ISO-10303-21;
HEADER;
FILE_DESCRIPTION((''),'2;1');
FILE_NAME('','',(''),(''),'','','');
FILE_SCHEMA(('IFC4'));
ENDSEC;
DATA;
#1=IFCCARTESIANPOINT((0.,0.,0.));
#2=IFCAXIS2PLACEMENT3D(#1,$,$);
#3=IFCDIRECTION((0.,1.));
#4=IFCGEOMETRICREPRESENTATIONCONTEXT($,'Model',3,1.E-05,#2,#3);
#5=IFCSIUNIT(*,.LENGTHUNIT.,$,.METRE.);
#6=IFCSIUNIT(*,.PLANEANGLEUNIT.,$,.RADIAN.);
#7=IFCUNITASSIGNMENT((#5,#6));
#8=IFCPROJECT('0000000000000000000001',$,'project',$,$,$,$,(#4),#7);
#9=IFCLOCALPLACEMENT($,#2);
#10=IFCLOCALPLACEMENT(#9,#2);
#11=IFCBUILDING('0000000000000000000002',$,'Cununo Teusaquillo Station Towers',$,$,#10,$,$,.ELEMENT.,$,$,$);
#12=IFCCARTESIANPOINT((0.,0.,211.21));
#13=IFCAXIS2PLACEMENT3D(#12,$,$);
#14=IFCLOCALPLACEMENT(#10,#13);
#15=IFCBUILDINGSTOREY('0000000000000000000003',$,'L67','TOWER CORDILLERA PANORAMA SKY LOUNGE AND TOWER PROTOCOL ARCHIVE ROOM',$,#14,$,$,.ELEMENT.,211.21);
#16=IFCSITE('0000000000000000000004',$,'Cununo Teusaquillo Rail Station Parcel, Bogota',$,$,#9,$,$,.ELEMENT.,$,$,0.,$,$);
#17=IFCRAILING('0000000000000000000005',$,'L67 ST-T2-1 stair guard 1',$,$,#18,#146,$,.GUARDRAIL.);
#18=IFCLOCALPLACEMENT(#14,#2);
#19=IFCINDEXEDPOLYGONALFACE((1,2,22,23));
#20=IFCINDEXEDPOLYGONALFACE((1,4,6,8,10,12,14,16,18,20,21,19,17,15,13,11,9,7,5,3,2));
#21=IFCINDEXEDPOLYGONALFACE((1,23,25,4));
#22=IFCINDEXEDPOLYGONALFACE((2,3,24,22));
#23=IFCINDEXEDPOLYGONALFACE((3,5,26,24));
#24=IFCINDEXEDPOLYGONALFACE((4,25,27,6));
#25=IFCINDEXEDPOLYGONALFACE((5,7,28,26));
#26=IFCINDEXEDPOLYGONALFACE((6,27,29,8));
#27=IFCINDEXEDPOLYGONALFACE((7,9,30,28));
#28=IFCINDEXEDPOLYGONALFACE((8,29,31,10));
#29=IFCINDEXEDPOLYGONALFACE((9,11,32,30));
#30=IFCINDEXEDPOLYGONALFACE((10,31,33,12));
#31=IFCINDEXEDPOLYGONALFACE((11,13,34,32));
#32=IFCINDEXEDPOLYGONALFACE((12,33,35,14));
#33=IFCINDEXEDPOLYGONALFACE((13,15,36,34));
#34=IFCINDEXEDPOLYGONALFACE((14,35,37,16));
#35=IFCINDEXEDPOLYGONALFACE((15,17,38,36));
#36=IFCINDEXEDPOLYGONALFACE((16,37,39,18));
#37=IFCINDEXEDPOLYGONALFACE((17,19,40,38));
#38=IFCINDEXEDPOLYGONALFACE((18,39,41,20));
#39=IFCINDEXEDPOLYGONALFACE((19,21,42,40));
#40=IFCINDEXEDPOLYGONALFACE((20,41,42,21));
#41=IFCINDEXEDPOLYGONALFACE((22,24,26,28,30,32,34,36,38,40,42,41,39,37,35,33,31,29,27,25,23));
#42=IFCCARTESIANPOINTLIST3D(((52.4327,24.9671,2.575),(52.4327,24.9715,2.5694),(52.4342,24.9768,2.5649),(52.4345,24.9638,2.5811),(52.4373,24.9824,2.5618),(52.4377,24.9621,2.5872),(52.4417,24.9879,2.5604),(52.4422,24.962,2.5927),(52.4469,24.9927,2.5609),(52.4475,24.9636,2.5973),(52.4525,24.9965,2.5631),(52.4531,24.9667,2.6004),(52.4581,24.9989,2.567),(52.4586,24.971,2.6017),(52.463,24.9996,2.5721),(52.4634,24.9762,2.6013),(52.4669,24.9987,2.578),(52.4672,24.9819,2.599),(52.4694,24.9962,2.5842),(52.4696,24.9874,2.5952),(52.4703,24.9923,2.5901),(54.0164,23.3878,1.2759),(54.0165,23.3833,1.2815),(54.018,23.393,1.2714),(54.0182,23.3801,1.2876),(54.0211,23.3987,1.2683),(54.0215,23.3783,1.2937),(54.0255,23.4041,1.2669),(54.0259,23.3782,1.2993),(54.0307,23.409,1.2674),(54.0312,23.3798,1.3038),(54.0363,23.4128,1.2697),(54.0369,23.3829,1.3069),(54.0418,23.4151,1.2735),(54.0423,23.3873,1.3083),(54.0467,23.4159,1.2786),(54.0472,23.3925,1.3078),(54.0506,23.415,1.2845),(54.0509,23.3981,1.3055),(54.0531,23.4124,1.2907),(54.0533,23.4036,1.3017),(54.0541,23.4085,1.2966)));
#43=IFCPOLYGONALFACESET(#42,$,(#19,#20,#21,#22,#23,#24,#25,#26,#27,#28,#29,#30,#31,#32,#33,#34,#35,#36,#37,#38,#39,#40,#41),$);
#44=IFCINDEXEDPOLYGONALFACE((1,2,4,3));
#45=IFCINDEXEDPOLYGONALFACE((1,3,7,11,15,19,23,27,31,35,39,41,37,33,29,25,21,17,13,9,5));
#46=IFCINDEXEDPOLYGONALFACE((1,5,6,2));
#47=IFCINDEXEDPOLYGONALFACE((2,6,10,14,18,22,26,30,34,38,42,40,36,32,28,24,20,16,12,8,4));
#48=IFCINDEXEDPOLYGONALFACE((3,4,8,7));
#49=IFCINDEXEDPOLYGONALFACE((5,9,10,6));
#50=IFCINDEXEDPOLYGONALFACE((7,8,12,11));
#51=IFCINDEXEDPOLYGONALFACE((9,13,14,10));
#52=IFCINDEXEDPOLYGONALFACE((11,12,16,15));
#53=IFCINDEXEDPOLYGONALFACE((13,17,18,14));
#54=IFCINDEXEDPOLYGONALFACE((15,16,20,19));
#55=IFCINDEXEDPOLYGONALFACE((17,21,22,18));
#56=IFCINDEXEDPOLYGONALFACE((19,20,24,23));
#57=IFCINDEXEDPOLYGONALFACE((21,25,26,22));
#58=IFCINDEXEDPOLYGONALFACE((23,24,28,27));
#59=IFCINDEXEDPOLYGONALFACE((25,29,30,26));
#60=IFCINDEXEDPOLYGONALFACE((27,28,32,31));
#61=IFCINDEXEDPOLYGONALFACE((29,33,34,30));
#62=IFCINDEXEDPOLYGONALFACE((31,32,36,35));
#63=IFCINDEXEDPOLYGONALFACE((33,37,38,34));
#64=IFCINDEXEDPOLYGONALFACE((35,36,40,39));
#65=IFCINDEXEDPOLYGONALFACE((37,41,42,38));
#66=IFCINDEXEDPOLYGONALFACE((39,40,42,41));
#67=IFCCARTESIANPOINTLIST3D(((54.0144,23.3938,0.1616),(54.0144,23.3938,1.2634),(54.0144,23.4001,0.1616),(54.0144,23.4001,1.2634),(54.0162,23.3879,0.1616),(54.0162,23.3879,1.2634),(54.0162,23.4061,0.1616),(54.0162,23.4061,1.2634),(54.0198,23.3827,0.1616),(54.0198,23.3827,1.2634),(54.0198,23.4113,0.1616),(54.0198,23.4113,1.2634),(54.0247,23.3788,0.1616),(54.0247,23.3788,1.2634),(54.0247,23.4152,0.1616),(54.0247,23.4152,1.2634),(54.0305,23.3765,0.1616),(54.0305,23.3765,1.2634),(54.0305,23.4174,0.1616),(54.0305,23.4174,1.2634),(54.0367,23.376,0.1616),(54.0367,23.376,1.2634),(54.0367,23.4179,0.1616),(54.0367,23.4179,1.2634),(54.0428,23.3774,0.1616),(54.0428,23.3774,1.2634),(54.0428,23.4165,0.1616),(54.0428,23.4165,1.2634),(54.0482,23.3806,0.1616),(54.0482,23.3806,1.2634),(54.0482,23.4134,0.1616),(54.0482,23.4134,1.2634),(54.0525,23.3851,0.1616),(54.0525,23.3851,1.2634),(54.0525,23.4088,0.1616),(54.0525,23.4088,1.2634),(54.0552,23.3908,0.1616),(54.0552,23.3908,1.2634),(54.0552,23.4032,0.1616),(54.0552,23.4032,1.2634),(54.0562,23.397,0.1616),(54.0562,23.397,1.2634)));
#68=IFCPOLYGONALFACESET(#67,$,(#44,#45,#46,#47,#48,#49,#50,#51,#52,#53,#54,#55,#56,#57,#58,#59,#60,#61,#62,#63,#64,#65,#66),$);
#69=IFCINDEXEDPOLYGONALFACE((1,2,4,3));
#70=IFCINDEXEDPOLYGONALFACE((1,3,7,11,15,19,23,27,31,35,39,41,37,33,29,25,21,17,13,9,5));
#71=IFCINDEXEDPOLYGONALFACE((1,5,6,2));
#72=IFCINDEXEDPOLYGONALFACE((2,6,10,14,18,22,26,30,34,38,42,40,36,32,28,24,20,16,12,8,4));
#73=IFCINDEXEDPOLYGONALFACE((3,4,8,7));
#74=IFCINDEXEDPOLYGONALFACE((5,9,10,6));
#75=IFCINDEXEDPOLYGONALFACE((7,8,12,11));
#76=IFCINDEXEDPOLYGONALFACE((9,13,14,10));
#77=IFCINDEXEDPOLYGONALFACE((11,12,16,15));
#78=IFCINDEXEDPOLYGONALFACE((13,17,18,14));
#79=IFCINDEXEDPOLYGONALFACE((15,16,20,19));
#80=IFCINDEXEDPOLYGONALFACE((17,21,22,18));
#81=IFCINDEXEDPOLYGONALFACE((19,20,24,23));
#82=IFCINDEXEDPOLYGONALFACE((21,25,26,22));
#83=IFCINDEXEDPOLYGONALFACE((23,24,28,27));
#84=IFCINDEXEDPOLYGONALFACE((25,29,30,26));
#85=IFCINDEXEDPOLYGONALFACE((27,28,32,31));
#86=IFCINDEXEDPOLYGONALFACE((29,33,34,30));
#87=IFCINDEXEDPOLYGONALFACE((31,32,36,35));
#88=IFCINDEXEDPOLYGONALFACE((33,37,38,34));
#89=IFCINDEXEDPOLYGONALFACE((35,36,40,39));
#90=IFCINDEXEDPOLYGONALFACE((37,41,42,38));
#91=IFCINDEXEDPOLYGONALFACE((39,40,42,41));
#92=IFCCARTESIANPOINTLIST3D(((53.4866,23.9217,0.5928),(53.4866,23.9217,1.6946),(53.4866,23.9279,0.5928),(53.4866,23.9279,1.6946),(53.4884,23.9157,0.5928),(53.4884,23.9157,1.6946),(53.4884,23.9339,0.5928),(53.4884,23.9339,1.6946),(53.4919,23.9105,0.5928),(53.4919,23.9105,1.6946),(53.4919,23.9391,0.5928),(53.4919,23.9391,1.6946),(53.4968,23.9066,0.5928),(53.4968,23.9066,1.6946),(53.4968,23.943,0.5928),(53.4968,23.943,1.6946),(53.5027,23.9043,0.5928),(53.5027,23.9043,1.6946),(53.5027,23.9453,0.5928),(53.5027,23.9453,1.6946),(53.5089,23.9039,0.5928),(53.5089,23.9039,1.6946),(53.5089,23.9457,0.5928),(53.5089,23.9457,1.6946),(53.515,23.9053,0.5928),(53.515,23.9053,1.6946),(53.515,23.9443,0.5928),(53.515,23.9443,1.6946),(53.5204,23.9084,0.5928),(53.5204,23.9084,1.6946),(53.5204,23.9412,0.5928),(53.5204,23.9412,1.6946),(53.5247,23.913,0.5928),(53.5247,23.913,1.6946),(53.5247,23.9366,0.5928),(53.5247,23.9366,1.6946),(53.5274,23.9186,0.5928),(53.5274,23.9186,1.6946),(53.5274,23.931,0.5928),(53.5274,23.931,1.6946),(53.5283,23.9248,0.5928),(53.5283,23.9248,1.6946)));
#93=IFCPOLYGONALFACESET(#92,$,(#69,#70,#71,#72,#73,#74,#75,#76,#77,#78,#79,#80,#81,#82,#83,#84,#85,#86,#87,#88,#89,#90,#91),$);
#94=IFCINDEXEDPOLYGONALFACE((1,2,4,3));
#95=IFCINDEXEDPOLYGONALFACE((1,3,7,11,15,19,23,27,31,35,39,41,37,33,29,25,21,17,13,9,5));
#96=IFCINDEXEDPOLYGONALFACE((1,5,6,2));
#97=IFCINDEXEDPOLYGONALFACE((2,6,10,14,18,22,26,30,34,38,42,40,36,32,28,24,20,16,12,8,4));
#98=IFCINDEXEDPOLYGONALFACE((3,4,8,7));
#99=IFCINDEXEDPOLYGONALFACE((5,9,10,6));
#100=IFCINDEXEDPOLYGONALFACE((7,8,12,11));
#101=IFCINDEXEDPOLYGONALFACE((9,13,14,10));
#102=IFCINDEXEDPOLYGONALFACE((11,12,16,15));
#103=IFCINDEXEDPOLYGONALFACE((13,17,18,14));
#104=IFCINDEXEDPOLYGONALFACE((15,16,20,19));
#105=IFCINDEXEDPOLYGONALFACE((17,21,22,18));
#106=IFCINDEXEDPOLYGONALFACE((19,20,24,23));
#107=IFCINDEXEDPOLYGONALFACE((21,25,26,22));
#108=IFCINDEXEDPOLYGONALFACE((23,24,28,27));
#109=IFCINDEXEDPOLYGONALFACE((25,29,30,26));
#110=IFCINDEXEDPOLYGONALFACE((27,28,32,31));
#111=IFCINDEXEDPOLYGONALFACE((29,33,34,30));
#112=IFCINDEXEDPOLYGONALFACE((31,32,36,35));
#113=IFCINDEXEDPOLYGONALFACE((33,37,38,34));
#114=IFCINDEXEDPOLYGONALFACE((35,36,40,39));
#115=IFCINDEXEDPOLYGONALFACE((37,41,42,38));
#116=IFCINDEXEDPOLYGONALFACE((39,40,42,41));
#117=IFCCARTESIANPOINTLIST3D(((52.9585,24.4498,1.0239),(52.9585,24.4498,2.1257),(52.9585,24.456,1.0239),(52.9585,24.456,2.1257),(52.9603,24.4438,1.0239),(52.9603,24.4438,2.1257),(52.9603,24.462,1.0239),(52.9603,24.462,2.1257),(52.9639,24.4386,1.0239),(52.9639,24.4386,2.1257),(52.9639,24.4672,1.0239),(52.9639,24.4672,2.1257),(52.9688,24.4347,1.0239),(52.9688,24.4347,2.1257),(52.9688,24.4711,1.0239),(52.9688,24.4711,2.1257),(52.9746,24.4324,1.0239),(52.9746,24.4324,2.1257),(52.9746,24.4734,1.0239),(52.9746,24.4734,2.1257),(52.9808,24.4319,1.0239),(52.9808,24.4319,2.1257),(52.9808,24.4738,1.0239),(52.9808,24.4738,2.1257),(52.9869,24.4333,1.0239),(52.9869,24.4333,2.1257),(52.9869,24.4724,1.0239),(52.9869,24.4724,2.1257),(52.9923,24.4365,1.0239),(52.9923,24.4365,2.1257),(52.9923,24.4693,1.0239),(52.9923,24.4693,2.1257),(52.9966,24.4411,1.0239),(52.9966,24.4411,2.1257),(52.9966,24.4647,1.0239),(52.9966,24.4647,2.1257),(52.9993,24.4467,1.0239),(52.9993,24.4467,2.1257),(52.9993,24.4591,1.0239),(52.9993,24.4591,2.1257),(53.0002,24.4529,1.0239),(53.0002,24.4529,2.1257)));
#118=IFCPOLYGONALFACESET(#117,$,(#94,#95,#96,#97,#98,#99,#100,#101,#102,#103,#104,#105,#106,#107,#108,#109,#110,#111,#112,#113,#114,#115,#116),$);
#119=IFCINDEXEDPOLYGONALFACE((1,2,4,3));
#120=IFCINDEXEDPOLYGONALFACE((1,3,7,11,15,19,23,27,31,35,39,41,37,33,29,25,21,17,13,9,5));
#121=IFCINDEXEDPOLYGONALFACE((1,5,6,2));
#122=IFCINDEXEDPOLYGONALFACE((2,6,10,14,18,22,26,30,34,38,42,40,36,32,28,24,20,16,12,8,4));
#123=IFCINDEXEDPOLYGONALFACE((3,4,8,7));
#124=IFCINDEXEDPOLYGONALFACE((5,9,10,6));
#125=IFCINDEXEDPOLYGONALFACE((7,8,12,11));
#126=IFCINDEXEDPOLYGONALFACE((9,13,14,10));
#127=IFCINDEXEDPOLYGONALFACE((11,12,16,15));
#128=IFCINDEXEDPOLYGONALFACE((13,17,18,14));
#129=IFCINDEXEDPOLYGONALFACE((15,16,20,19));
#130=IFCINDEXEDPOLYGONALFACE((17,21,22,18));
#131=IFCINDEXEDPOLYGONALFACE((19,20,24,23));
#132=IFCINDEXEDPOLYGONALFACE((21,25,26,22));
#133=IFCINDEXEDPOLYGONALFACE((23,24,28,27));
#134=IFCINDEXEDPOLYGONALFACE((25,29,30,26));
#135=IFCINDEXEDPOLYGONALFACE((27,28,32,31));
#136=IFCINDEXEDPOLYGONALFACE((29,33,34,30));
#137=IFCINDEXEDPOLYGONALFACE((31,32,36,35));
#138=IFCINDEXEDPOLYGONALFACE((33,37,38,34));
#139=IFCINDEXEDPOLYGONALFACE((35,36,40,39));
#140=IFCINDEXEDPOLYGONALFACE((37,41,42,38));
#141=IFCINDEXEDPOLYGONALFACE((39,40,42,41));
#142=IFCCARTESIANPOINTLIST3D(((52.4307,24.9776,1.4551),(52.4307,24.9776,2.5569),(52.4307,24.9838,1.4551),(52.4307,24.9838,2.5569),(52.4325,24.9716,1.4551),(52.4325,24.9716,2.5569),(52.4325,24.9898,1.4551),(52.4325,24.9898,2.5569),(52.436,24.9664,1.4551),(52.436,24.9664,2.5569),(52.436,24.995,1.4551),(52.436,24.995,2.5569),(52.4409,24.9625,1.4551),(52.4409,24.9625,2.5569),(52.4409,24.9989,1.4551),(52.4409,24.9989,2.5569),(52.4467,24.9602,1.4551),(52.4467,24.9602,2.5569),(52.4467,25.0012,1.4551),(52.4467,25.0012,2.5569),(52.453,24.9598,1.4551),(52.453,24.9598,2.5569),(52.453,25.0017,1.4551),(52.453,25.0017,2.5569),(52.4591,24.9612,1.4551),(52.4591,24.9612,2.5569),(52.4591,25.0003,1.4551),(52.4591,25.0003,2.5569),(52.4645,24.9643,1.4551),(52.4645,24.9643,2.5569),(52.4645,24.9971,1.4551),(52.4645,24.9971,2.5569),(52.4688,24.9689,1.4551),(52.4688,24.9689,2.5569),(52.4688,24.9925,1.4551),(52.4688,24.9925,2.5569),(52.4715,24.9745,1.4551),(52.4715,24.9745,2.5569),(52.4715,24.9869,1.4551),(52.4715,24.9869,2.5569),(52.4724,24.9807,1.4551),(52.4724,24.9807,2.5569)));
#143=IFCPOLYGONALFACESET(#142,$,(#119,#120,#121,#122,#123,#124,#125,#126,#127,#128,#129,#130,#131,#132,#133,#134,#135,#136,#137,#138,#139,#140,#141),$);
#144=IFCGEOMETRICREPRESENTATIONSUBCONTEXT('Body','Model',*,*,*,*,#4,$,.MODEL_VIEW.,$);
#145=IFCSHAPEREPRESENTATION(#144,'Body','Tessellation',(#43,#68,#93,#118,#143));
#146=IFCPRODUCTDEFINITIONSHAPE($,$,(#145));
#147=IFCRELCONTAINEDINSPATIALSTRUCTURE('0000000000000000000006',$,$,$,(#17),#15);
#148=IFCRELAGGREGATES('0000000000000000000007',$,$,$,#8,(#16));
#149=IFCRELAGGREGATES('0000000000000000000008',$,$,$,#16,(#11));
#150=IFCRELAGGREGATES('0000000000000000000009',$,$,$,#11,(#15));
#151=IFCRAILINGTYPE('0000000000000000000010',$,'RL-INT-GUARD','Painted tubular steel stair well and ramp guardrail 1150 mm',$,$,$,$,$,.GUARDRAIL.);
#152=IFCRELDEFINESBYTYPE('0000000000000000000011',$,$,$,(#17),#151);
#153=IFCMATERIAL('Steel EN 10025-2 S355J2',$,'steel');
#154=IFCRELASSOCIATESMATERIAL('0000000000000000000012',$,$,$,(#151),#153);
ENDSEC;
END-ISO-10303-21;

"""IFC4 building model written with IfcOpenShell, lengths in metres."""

from ifc_helpers import new_model, si_unit, direction, frame, origin, origin_2d, place, context, subcontext, project, spatial, circle, extrude, material, type_object, element, save


model = new_model("IFC4")

# Units and contexts
model_context = context("Model", 3, precision=1e-05, world=origin(), true_north=direction((0.0, 1.0)))
body_context = subcontext(model_context, "Body", "Model", "MODEL_VIEW")
ifc_project = project(units=[si_unit("LENGTHUNIT", "METRE"), si_unit("PLANEANGLEUNIT", "RADIAN")], contexts=[model_context])

# Site, building, storey
site_placement = place(None, origin())
site = spatial("IfcSite", under=ifc_project, at=site_placement, Name="Cununo Teusaquillo Rail Station Parcel, Bogota", CompositionType="ELEMENT", RefElevation=0.0)
building_placement = place(site_placement, origin())
building = spatial("IfcBuilding", under=site, at=building_placement, Name="Cununo Teusaquillo Station Towers", CompositionType="ELEMENT")
storey_placement = place(building_placement, frame((0.0, 0.0, 211.21)))
storey = spatial("IfcBuildingStorey", under=building, at=storey_placement, Name="L67", Description="TOWER CORDILLERA PANORAMA SKY LOUNGE AND TOWER PROTOCOL ARCHIVE ROOM", CompositionType="ELEMENT", Elevation=211.21)

# Railing
ifc_material_1 = material(Name="Steel EN 10025-2 S355J2", Category="steel")
railing_type_1 = type_object("IfcRailingType", Name="RL-INT-GUARD", Description="Painted tubular steel stair well and ramp guardrail 1150 mm", PredefinedType="GUARDRAIL", material=ifc_material_1)
railing_1_placement = place(storey_placement, frame((54.0352, 23.397, 0.1616)))
element("IfcRailing", 1, at=railing_1_placement, inside=storey, type_object=railing_type_1, Name="L67 ST-T2-1 stair guard 1", PredefinedType="GUARDRAIL", context=body_context, shape_type="SweptSolid", body=[
    extrude(circle(Radius=0.0239, at=origin_2d()), frame((0.0, 0.0, 1.126), z_axis=(-0.612332, 0.612332, 0.500098), x_axis=(-0.707107, -0.707107, 0.0)), (0.0, 0.0, 1.0), 2.5864),
    extrude(circle(Radius=0.021, at=origin_2d()), origin(), (0.0, 0.0, 1.0), 1.1018),
    extrude(circle(Radius=0.021, at=origin_2d()), frame((-0.5278, 0.5278, 0.4312)), (0.0, 0.0, 1.0), 1.1018),
    extrude(circle(Radius=0.021, at=origin_2d()), frame((-1.0559, 1.0559, 0.8623)), (0.0, 0.0, 1.0), 1.1018),
    extrude(circle(Radius=0.021, at=origin_2d()), frame((-1.5837, 1.5837, 1.2935)), (0.0, 0.0, 1.0), 1.1018),
])

save(model, "model.ifc")
